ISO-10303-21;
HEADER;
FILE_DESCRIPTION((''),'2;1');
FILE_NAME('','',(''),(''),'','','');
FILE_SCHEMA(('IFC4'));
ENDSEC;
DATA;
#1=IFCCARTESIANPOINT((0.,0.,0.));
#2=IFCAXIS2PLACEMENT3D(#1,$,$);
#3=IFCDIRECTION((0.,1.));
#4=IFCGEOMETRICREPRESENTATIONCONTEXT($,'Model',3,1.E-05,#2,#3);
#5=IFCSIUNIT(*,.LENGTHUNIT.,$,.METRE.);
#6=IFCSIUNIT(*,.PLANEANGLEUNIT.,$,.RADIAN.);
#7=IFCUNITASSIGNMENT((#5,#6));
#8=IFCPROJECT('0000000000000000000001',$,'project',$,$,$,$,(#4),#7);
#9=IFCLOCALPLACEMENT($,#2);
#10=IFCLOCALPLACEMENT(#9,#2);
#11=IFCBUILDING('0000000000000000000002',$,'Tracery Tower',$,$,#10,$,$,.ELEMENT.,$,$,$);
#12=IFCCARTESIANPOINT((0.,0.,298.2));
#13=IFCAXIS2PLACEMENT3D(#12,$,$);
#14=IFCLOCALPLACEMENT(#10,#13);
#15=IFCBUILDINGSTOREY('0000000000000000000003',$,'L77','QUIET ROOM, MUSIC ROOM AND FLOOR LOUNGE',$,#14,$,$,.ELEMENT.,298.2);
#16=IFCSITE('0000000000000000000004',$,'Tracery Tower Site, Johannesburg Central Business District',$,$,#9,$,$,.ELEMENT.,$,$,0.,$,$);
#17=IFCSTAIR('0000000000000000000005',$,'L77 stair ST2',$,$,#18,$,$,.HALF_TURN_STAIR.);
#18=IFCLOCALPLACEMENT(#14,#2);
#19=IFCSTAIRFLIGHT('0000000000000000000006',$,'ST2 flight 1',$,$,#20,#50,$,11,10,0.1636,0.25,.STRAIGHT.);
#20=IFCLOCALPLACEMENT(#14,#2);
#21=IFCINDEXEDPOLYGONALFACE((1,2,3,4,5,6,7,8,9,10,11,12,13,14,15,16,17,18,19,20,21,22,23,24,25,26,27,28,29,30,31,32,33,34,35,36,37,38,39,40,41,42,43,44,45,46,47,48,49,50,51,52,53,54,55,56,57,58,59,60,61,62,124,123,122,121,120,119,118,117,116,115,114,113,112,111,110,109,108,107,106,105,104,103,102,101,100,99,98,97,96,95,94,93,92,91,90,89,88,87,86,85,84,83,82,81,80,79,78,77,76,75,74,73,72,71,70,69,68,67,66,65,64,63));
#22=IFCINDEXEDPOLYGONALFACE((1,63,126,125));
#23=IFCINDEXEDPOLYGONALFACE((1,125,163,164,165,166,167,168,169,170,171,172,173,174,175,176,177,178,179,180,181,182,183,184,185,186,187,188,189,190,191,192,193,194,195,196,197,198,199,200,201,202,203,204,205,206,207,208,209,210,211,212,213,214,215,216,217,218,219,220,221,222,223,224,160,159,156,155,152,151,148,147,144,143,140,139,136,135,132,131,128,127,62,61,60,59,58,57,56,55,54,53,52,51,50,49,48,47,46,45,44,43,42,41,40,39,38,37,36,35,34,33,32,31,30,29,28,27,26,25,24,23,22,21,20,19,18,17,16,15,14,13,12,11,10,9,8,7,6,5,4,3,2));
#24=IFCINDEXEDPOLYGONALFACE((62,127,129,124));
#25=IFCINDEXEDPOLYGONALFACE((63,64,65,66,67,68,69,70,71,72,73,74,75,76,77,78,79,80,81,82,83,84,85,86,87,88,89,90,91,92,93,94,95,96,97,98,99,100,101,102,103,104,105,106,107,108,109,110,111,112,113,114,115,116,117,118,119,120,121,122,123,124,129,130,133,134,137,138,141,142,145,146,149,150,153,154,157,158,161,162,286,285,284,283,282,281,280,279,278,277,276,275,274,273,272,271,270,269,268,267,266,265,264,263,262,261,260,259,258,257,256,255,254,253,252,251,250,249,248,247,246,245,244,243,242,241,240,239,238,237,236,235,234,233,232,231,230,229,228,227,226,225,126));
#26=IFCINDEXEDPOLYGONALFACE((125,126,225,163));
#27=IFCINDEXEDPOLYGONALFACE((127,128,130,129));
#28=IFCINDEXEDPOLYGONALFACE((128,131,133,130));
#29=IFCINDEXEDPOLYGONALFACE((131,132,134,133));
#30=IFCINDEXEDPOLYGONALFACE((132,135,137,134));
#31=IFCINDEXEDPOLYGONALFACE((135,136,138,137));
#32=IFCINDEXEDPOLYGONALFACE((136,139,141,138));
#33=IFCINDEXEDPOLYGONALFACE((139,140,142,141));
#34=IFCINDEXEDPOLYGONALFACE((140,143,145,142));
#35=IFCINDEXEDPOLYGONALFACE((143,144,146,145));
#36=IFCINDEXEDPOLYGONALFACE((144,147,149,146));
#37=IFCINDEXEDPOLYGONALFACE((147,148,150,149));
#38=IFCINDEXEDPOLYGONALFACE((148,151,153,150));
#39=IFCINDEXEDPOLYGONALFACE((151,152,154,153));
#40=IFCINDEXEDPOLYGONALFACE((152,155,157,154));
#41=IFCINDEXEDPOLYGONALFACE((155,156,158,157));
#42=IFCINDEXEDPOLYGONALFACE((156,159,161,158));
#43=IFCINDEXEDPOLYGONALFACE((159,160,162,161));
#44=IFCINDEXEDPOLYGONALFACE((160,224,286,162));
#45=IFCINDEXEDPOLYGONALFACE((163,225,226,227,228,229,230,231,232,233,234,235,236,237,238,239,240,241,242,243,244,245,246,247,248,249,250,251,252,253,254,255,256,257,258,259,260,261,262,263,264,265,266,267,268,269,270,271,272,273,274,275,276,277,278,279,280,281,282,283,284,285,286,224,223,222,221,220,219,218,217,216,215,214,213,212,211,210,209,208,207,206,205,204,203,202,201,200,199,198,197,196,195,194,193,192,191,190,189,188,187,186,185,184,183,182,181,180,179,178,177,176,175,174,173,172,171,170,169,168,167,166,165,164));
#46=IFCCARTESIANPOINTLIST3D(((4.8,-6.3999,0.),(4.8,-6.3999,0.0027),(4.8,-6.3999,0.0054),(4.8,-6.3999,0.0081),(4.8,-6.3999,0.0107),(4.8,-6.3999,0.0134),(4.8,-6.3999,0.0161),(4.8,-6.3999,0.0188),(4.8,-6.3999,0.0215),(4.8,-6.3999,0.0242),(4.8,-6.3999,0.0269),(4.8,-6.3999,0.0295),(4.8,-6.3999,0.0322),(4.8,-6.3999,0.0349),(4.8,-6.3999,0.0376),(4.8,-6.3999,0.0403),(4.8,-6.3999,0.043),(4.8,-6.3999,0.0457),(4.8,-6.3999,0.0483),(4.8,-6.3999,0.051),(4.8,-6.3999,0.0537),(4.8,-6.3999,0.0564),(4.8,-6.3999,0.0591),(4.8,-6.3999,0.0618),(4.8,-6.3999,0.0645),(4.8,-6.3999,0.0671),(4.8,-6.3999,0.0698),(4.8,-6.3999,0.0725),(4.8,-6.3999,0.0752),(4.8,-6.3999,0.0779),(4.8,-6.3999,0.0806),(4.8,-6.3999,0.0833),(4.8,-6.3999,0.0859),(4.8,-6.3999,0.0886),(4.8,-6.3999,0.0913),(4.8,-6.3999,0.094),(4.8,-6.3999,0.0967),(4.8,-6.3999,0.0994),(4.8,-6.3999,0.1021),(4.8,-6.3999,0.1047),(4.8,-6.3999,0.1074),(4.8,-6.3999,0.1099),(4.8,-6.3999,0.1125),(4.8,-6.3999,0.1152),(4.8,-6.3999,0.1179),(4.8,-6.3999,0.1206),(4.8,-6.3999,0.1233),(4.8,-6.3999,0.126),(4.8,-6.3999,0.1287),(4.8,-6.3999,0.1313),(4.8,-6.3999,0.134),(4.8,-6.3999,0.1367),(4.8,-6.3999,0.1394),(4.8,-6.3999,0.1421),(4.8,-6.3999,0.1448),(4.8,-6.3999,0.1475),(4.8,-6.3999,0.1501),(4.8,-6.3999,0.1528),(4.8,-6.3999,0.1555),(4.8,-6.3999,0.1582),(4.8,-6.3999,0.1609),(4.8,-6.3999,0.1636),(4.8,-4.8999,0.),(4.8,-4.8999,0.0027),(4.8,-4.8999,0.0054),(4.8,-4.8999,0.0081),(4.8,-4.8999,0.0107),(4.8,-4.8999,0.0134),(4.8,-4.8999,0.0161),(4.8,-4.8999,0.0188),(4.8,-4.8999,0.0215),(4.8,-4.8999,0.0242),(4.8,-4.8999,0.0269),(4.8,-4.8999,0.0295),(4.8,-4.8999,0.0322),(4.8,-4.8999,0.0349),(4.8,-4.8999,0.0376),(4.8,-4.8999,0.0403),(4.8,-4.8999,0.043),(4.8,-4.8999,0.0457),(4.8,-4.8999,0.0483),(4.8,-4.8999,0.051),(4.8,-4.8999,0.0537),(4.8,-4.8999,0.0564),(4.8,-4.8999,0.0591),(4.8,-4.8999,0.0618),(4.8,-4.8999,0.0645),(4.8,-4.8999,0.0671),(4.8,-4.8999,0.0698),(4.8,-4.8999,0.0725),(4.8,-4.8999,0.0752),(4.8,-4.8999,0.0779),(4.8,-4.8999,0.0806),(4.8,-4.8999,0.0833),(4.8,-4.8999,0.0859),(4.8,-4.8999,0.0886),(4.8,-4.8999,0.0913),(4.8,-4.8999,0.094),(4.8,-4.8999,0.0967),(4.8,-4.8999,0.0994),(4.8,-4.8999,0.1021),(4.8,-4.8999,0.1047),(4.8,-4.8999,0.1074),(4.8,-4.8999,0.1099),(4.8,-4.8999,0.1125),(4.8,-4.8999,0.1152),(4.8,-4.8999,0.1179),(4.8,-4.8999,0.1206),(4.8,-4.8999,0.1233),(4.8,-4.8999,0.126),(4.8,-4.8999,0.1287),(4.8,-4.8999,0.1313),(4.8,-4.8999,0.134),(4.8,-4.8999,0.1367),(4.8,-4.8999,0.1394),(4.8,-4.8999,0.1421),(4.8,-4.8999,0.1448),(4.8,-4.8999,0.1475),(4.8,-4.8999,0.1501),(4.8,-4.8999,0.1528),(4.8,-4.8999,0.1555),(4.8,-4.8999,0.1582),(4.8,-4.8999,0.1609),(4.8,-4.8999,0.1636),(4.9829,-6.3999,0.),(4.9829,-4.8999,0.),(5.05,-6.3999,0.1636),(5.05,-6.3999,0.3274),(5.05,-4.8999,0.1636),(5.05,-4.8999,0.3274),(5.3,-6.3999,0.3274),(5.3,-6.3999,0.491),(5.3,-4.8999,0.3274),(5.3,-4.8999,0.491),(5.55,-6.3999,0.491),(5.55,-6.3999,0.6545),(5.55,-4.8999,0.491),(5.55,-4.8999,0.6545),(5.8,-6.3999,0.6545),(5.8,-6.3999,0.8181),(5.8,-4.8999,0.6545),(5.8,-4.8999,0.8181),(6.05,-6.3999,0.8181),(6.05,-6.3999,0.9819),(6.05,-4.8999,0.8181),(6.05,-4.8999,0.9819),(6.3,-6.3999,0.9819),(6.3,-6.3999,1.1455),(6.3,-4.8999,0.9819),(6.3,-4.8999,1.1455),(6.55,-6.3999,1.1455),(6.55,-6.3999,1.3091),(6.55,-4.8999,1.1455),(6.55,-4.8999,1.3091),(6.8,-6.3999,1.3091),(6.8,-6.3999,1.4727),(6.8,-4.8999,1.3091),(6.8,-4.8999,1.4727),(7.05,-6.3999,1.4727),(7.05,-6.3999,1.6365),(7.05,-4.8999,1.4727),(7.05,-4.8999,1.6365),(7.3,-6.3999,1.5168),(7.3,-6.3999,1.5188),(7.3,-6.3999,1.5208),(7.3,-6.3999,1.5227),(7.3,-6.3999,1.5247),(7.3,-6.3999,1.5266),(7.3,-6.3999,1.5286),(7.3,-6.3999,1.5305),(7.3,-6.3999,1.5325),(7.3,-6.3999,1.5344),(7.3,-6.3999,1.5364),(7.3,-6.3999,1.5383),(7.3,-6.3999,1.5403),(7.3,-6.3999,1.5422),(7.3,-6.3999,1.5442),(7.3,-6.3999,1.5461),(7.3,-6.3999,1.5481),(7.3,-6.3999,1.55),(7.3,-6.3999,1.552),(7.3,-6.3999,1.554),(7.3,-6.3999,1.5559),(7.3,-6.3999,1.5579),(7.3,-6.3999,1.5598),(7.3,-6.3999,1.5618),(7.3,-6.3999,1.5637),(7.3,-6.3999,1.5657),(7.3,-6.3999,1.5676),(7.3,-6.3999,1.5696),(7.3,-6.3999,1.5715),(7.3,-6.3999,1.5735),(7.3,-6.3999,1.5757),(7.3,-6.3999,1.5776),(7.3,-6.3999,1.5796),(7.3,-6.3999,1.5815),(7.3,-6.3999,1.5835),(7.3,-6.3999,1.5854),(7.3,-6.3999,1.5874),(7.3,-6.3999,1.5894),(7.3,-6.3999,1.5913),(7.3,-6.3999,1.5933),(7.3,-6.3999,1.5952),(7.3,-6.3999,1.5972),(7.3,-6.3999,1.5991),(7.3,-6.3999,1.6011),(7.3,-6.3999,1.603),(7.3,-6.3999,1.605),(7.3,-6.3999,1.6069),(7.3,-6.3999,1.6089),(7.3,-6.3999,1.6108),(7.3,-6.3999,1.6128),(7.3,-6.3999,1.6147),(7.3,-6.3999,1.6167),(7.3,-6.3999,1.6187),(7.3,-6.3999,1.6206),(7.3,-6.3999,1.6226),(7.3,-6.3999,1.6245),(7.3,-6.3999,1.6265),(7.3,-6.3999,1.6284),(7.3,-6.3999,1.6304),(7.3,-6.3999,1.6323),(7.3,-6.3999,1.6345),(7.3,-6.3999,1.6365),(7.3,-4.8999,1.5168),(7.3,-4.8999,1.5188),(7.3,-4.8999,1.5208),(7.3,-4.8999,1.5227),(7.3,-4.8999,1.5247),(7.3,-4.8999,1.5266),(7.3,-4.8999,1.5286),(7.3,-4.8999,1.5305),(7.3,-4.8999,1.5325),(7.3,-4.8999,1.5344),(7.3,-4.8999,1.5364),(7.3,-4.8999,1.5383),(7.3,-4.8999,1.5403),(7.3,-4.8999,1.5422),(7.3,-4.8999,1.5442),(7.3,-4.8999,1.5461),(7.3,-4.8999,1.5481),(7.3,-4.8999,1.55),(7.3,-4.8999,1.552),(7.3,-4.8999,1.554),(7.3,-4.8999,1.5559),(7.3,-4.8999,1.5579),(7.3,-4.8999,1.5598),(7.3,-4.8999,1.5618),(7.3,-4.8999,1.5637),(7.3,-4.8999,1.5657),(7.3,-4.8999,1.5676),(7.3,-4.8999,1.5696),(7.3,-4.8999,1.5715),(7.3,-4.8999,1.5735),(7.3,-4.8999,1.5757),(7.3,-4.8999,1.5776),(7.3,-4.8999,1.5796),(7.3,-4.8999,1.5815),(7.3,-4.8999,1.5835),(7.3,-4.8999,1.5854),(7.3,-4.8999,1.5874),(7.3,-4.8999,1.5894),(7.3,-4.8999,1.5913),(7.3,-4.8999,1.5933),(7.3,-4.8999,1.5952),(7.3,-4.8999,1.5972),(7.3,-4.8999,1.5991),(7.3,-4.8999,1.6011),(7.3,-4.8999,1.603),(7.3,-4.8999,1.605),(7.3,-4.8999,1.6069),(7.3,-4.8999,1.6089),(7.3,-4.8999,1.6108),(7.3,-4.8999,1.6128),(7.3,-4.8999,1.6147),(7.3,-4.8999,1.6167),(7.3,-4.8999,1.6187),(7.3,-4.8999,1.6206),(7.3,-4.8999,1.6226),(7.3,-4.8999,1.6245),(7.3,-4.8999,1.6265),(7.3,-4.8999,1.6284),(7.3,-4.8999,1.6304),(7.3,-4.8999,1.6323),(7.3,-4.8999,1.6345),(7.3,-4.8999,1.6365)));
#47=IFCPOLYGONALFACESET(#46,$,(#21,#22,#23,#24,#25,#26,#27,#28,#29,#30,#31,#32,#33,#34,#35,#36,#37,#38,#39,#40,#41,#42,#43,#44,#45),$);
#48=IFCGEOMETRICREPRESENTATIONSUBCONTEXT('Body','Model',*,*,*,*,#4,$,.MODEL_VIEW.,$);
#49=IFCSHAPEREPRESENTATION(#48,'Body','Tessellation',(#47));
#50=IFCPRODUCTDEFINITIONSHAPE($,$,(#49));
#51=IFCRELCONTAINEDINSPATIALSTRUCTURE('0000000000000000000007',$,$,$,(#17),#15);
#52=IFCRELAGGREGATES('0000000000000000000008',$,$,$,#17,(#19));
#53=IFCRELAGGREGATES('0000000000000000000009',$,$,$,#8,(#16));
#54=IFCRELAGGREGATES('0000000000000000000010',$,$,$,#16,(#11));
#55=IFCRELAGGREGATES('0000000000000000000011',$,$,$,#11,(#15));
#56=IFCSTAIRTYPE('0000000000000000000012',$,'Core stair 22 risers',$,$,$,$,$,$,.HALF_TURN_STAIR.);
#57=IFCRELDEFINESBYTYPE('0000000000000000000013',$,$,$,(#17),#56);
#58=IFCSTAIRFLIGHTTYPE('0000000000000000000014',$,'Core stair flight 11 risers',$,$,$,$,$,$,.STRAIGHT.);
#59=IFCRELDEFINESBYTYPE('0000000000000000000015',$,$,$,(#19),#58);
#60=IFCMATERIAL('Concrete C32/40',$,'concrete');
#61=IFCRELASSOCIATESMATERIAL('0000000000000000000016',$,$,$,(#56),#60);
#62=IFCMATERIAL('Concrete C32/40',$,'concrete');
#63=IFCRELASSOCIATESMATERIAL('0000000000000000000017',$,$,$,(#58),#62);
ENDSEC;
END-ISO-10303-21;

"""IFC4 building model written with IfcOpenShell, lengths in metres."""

from ifc_helpers import new_model, si_unit, direction, frame, origin, place, context, subcontext, project, spatial, polyline, outline, extrude, material, type_object, element, aggregate, save


model = new_model("IFC4")

# Units and contexts
model_context = context("Model", 3, precision=1e-05, world=origin(), true_north=direction((0.0, 1.0)))
body_context = subcontext(model_context, "Body", "Model", "MODEL_VIEW")
ifc_project = project(units=[si_unit("LENGTHUNIT", "METRE"), si_unit("PLANEANGLEUNIT", "RADIAN")], contexts=[model_context])

# Site, building, storey
site_placement = place(None, origin())
site = spatial("IfcSite", under=ifc_project, at=site_placement, Name="Tracery Tower Site, Johannesburg Central Business District", CompositionType="ELEMENT", RefElevation=0.0)
building_placement = place(site_placement, origin())
building = spatial("IfcBuilding", under=site, at=building_placement, Name="Tracery Tower", CompositionType="ELEMENT")
storey_placement = place(building_placement, frame((0.0, 0.0, 298.2)))
storey = spatial("IfcBuildingStorey", under=building, at=storey_placement, Name="L77", Description="QUIET ROOM, MUSIC ROOM AND FLOOR LOUNGE", CompositionType="ELEMENT", Elevation=298.2)

# Stair, stair flight
ifc_material_1 = material(Name="Concrete C32/40", Category="concrete")
stair_type = type_object("IfcStairType", Name="Core stair 22 risers", PredefinedType="HALF_TURN_STAIR", material=ifc_material_1)
stair_placement = place(storey_placement, origin())
stair = element("IfcStair", 1, at=stair_placement, inside=storey, type_object=stair_type, Name="L77 stair ST2", PredefinedType="HALF_TURN_STAIR")
ifc_material_2 = material(Name="Concrete C32/40", Category="concrete")
stair_flight_type = type_object("IfcStairFlightType", Name="Core stair flight 11 risers", PredefinedType="STRAIGHT", material=ifc_material_2)
stair_flight_placement = place(storey_placement, frame((4.8, -5.6499, 0.0), z_axis=(0.0, 0.0, 1.0), x_axis=(1.0, 0.0, 0.0)))
stair_flight = element("IfcStairFlight", 2, at=stair_flight_placement, type_object=stair_flight_type, Name="ST2 flight 1", NumberOfRisers=11, NumberOfTreads=10, PredefinedType="STRAIGHT", RiserHeight=0.1636, TreadLength=0.25, context=body_context, shape_type="SweptSolid", body=[
    extrude(outline(polyline([(0.0, 0.0), (0.0, 0.0027), (0.0, 0.0054), (0.0, 0.0081), (0.0, 0.0107), (0.0, 0.0134), (0.0, 0.0161), (0.0, 0.0188), (0.0, 0.0215), (0.0, 0.0242), (0.0, 0.0269), (0.0, 0.0295), (0.0, 0.0322), (0.0, 0.0349), (0.0, 0.0376), (0.0, 0.0403), (0.0, 0.043), (0.0, 0.0457), (0.0, 0.0483), (0.0, 0.051), (0.0, 0.0537), (0.0, 0.0564), (0.0, 0.0591), (0.0, 0.0618), (0.0, 0.0645), (0.0, 0.0671), (0.0, 0.0698), (0.0, 0.0725), (0.0, 0.0752), (0.0, 0.0779), (0.0, 0.0806), (0.0, 0.0833), (0.0, 0.0859), (0.0, 0.0886), (0.0, 0.0913), (0.0, 0.094), (0.0, 0.0967), (0.0, 0.0994), (0.0, 0.1021), (0.0, 0.1047), (0.0, 0.1074), (0.0, 0.1099), (0.0, 0.1125), (0.0, 0.1152), (0.0, 0.1179), (0.0, 0.1206), (0.0, 0.1233), (0.0, 0.126), (0.0, 0.1287), (0.0, 0.1313), (0.0, 0.134), (0.0, 0.1367), (0.0, 0.1394), (0.0, 0.1421), (0.0, 0.1448), (0.0, 0.1475), (0.0, 0.1501), (0.0, 0.1528), (0.0, 0.1555), (0.0, 0.1582), (0.0, 0.1609), (0.0, 0.1636), (0.25, 0.1636), (0.25, 0.3274), (0.5, 0.3274), (0.5, 0.491), (0.75, 0.491), (0.75, 0.6545), (1.0, 0.6545), (1.0, 0.8181), (1.25, 0.8181), (1.25, 0.9819), (1.5, 0.9819), (1.5, 1.1455), (1.75, 1.1455), (1.75, 1.3091), (2.0, 1.3091), (2.0, 1.4727), (2.25, 1.4727), (2.25, 1.6365), (2.5, 1.6365), (2.5, 1.6345), (2.5, 1.6323), (2.5, 1.6304), (2.5, 1.6284), (2.5, 1.6265), (2.5, 1.6245), (2.5, 1.6226), (2.5, 1.6206), (2.5, 1.6187), (2.5, 1.6167), (2.5, 1.6147), (2.5, 1.6128), (2.5, 1.6108), (2.5, 1.6089), (2.5, 1.6069), (2.5, 1.605), (2.5, 1.603), (2.5, 1.6011), (2.5, 1.5991), (2.5, 1.5972), (2.5, 1.5952), (2.5, 1.5933), (2.5, 1.5913), (2.5, 1.5894), (2.5, 1.5874), (2.5, 1.5854), (2.5, 1.5835), (2.5, 1.5815), (2.5, 1.5796), (2.5, 1.5776), (2.5, 1.5757), (2.5, 1.5735), (2.5, 1.5715), (2.5, 1.5696), (2.5, 1.5676), (2.5, 1.5657), (2.5, 1.5637), (2.5, 1.5618), (2.5, 1.5598), (2.5, 1.5579), (2.5, 1.5559), (2.5, 1.554), (2.5, 1.552), (2.5, 1.55), (2.5, 1.5481), (2.5, 1.5461), (2.5, 1.5442), (2.5, 1.5422), (2.5, 1.5403), (2.5, 1.5383), (2.5, 1.5364), (2.5, 1.5344), (2.5, 1.5325), (2.5, 1.5305), (2.5, 1.5286), (2.5, 1.5266), (2.5, 1.5247), (2.5, 1.5227), (2.5, 1.5208), (2.5, 1.5188), (2.5, 1.5168), (0.1829, 0.0), (0.0, 0.0)])), frame((0.0, 0.75, 0.0), z_axis=(0.0, -1.0, 0.0), x_axis=(1.0, 0.0, 0.0)), (0.0, 0.0, 1.0), 1.5),
])
aggregate(stair, [stair_flight])

save(model, "model.ifc")
